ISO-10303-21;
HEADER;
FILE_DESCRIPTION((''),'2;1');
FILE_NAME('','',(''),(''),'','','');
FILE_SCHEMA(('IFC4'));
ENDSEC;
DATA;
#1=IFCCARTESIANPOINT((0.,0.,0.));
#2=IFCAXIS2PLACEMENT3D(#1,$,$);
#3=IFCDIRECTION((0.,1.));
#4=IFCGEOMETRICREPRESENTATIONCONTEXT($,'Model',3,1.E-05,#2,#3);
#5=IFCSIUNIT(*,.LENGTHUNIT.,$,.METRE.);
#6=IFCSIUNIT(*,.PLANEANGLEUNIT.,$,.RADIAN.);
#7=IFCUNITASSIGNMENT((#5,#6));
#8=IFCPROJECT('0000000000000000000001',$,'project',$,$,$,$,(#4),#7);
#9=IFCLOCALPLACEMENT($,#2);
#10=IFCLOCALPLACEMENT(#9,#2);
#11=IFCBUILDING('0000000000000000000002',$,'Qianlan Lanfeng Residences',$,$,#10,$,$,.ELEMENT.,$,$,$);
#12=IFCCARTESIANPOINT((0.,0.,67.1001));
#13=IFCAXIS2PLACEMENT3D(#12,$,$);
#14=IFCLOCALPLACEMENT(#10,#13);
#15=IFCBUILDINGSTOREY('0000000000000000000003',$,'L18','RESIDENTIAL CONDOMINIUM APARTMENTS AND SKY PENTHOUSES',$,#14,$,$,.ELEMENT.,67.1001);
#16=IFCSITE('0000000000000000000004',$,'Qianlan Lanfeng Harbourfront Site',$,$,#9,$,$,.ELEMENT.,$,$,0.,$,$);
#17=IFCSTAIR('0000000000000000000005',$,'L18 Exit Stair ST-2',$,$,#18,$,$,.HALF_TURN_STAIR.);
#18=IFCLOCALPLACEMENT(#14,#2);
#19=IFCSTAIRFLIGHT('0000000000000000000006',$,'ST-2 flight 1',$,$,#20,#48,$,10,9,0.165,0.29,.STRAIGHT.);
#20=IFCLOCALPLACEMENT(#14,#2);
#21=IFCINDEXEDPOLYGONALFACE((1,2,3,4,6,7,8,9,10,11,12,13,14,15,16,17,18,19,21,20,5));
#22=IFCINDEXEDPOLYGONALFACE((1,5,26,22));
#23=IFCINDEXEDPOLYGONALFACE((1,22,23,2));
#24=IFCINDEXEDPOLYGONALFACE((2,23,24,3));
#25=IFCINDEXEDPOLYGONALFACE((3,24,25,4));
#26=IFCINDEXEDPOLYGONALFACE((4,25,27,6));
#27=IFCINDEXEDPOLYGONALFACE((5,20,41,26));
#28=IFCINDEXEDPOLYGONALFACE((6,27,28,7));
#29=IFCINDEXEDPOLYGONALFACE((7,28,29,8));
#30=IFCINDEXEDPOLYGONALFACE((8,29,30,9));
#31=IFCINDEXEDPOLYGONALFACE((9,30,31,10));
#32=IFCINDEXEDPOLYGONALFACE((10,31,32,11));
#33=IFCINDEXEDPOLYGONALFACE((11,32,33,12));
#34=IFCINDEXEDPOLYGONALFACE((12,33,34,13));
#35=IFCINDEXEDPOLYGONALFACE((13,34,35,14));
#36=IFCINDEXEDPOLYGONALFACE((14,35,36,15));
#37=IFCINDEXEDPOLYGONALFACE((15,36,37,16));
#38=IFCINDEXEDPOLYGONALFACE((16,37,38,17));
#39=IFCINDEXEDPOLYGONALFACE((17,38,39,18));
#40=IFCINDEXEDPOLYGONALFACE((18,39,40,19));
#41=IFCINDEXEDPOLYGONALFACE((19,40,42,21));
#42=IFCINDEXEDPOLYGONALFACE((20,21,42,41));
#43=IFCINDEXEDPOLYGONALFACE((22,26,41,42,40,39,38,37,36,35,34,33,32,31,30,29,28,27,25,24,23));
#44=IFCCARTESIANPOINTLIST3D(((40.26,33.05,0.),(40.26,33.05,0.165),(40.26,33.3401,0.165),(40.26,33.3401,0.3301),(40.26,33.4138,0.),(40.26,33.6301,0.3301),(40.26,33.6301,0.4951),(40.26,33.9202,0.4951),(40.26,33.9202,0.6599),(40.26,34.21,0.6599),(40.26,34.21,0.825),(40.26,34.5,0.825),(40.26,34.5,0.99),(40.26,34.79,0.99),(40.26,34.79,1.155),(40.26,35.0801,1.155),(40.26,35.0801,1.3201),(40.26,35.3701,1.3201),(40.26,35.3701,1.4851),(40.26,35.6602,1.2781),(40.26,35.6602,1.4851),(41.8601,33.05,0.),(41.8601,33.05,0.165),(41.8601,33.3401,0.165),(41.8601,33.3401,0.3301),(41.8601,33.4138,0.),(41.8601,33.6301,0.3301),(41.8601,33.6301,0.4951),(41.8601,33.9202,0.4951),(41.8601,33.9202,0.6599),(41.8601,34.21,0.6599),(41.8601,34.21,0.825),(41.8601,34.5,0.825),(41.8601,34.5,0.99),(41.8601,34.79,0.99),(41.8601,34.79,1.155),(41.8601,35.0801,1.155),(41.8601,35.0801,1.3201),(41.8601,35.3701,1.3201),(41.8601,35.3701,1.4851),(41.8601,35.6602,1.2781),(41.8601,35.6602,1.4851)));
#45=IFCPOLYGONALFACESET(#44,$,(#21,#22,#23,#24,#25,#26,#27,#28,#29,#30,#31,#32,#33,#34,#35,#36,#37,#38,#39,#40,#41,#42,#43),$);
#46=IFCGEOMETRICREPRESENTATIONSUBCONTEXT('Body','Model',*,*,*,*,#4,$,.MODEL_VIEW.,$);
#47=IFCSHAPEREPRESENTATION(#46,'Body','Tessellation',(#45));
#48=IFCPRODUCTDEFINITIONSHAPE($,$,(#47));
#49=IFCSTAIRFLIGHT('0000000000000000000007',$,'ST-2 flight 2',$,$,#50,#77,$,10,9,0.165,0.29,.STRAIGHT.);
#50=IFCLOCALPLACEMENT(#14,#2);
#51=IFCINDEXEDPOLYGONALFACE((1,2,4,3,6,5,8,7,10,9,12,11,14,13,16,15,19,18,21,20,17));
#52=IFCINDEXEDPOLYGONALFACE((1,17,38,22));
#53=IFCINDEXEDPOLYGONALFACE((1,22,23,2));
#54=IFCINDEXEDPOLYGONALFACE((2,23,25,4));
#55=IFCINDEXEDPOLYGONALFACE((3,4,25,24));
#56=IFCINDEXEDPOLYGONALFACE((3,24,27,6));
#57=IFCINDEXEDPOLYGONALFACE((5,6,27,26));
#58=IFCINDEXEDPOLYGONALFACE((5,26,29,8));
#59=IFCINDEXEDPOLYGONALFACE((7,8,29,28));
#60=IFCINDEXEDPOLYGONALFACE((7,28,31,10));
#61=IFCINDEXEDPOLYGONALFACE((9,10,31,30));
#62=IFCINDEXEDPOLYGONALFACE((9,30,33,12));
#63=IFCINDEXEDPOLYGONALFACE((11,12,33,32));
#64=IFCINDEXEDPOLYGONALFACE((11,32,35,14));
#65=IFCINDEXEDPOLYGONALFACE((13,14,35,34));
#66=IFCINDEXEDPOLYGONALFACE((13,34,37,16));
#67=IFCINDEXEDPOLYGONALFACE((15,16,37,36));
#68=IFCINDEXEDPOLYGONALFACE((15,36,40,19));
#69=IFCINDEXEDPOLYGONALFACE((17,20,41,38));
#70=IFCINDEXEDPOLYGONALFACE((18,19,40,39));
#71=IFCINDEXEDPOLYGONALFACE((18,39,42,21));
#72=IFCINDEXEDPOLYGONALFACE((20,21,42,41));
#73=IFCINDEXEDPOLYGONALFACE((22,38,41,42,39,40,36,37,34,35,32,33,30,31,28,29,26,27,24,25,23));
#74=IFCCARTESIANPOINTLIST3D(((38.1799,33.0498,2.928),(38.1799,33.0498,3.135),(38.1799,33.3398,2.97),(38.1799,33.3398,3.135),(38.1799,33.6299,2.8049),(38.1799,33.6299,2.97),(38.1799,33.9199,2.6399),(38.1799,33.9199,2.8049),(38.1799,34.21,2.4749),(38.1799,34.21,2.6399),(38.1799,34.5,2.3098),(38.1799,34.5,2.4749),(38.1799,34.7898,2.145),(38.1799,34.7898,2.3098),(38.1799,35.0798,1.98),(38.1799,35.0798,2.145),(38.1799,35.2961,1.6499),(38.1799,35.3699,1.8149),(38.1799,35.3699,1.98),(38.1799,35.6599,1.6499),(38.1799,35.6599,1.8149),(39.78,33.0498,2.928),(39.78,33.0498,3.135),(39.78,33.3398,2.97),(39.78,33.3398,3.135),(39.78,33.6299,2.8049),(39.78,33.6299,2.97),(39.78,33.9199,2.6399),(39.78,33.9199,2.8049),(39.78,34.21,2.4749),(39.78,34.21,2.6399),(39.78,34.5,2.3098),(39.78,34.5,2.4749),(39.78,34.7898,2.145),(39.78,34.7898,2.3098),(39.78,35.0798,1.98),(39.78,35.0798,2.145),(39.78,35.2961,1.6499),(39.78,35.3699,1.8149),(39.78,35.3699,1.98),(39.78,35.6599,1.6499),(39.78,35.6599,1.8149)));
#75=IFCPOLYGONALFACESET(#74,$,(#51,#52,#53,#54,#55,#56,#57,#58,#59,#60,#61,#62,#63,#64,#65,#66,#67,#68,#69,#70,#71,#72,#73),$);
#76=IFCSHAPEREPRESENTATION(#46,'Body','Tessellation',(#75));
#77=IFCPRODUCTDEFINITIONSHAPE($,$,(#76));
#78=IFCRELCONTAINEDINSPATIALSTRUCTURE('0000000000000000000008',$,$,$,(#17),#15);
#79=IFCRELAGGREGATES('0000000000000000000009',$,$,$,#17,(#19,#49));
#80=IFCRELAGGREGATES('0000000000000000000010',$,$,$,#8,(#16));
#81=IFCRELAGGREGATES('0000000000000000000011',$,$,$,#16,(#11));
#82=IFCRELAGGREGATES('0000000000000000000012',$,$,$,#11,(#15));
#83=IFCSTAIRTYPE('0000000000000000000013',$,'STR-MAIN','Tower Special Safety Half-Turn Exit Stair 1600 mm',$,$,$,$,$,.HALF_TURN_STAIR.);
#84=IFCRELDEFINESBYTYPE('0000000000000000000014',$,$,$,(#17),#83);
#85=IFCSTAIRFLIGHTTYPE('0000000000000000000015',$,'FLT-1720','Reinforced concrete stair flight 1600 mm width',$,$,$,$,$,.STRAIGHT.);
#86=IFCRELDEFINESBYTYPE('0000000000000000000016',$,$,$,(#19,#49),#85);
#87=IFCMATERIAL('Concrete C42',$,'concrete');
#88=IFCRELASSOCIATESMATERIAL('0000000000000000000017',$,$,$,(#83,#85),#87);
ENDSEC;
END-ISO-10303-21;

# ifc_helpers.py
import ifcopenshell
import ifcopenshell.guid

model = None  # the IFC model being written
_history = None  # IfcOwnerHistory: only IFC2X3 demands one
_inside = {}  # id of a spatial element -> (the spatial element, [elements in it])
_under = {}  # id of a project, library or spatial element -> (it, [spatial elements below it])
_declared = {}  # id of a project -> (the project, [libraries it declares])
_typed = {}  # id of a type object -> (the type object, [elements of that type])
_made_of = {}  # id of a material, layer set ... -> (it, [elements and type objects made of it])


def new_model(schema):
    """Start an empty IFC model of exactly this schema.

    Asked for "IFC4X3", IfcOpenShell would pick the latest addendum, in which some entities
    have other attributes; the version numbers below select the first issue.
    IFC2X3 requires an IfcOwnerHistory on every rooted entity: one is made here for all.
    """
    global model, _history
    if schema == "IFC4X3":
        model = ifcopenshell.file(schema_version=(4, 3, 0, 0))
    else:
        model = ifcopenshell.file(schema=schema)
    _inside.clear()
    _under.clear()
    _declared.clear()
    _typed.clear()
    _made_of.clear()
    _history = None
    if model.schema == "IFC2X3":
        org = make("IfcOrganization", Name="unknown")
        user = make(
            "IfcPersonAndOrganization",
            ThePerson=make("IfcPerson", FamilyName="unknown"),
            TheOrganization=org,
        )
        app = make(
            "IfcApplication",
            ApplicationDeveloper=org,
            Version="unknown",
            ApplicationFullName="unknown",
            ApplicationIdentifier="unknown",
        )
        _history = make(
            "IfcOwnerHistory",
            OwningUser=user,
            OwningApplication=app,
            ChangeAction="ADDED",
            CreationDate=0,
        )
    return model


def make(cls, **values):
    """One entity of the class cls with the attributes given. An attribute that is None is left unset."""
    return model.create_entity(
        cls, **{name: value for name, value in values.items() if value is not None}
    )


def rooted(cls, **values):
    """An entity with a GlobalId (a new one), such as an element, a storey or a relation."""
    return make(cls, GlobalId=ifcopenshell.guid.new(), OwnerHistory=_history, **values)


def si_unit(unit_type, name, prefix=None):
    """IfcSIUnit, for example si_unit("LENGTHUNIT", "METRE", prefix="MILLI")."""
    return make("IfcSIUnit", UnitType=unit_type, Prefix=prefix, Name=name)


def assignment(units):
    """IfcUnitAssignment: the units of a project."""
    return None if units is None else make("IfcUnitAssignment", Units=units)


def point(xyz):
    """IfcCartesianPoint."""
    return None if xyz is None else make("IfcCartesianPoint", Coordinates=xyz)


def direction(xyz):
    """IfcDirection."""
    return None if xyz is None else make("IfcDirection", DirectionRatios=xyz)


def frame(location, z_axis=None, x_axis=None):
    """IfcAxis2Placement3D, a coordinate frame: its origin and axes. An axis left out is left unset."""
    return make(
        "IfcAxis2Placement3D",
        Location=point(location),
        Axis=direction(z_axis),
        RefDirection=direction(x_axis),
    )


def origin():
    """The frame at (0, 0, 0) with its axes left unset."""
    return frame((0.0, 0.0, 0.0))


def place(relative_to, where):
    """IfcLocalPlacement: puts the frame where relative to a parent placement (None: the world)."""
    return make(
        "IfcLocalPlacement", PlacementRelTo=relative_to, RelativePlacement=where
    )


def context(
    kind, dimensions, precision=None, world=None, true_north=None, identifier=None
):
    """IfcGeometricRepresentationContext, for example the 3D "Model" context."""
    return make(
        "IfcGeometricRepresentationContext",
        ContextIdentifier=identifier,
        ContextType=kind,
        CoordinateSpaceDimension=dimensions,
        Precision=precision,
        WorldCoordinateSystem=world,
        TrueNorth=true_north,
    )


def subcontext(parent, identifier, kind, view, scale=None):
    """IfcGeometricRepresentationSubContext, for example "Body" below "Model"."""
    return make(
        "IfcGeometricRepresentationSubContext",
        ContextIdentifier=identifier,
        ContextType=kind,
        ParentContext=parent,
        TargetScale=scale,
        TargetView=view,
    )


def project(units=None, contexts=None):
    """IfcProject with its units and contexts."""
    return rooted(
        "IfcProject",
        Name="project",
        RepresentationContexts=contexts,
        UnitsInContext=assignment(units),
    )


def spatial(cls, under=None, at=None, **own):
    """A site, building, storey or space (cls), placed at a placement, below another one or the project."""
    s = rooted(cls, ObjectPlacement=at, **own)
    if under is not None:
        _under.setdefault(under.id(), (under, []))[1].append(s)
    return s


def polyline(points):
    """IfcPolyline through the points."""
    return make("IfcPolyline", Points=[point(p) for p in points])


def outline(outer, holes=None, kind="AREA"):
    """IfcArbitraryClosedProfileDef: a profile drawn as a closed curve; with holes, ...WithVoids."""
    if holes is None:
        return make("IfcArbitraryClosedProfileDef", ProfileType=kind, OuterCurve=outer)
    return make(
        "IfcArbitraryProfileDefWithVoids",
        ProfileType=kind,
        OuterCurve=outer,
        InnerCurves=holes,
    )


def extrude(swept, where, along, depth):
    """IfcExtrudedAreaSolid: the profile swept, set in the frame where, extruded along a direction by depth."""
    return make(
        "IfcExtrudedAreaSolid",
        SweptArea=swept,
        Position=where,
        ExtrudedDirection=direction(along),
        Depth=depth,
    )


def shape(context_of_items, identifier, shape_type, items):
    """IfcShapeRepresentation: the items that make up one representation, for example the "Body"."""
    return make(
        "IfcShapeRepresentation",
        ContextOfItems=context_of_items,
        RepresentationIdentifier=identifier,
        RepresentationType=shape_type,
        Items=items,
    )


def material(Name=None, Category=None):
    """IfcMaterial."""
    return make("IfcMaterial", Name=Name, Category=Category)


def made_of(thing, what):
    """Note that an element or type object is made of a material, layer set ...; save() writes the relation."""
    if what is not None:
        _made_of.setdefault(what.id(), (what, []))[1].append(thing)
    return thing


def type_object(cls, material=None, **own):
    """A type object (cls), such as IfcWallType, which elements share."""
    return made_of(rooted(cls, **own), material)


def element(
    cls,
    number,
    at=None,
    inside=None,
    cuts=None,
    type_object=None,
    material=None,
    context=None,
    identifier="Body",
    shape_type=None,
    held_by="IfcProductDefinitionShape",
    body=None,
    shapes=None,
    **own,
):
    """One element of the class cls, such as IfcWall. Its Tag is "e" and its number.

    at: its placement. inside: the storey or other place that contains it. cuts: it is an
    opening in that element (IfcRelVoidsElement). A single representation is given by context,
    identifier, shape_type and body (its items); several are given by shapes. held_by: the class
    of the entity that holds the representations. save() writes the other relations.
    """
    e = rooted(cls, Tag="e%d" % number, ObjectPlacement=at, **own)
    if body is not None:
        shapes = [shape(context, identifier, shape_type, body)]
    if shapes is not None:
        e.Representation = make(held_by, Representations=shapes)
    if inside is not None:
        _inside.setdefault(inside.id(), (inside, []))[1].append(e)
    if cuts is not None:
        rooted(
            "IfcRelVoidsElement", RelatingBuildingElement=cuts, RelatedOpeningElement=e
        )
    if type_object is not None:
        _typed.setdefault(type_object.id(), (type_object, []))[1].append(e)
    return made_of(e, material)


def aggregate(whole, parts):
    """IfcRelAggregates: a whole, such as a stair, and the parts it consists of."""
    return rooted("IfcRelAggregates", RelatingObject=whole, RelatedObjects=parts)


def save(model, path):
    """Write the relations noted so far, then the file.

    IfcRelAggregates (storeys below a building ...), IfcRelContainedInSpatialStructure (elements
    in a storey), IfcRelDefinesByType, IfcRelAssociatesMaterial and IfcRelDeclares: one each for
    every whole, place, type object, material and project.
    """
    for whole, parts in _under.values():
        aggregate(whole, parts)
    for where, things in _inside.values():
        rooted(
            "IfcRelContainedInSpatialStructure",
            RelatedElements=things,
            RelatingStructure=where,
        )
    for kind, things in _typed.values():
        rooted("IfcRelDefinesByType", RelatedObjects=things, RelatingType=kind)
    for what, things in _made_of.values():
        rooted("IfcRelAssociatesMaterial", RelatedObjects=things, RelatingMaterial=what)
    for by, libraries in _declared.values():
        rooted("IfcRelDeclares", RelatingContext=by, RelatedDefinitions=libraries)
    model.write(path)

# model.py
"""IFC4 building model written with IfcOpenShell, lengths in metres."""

from ifc_helpers import new_model, si_unit, direction, frame, origin, place, context, subcontext, project, spatial, polyline, outline, extrude, material, type_object, element, aggregate, save


model = new_model("IFC4")

# Units and contexts
model_context = context("Model", 3, precision=1e-05, world=origin(), true_north=direction((0.0, 1.0)))
body_context = subcontext(model_context, "Body", "Model", "MODEL_VIEW")
ifc_project = project(units=[si_unit("LENGTHUNIT", "METRE"), si_unit("PLANEANGLEUNIT", "RADIAN")], contexts=[model_context])

# Site, building, storey
site_placement = place(None, origin())
site = spatial("IfcSite", under=ifc_project, at=site_placement, Name="Qianlan Lanfeng Harbourfront Site", CompositionType="ELEMENT", RefElevation=0.0)
building_placement = place(site_placement, origin())
building = spatial("IfcBuilding", under=site, at=building_placement, Name="Qianlan Lanfeng Residences", CompositionType="ELEMENT")
storey_placement = place(building_placement, frame((0.0, 0.0, 67.1001)))
storey = spatial("IfcBuildingStorey", under=building, at=storey_placement, Name="L18", Description="RESIDENTIAL CONDOMINIUM APARTMENTS AND SKY PENTHOUSES", CompositionType="ELEMENT", Elevation=67.1001)

# Shared definitions
ifc_material_1 = material(Name="Concrete C42", Category="concrete")

# Stair, stair flights
stair_type = type_object("IfcStairType", Name="STR-MAIN", Description="Tower Special Safety Half-Turn Exit Stair 1600 mm", PredefinedType="HALF_TURN_STAIR", material=ifc_material_1)
stair_placement = place(storey_placement, origin())
stair = element("IfcStair", 1, at=stair_placement, inside=storey, type_object=stair_type, Name="L18 Exit Stair ST-2", PredefinedType="HALF_TURN_STAIR")
stair_flight_type = type_object("IfcStairFlightType", Name="FLT-1720", Description="Reinforced concrete stair flight 1600 mm width", PredefinedType="STRAIGHT", material=ifc_material_1)
stair_flight_1_placement = place(storey_placement, frame((41.0601, 33.05, 0.0), z_axis=(0.0, 0.0, 1.0), x_axis=(0.0, 1.0, 0.0)))
stair_flight_1 = element("IfcStairFlight", 2, at=stair_flight_1_placement, type_object=stair_flight_type, Name="ST-2 flight 1", NumberOfRisers=10, NumberOfTreads=9, PredefinedType="STRAIGHT", RiserHeight=0.165, TreadLength=0.29, context=body_context, shape_type="SweptSolid", body=[
    extrude(outline(polyline([(0.0, 0.0), (0.0, 0.165), (0.29, 0.165), (0.29, 0.3301), (0.5801, 0.3301), (0.5801, 0.4951), (0.8701, 0.4951), (0.8701, 0.6599), (1.1599, 0.6599), (1.1599, 0.825), (1.45, 0.825), (1.45, 0.99), (1.74, 0.99), (1.74, 1.155), (2.03, 1.155), (2.03, 1.3201), (2.3201, 1.3201), (2.3201, 1.4851), (2.6101, 1.4851), (2.6101, 1.6499), (2.6101, 1.2781), (0.3638, 0.0), (0.0, 0.0)])), frame((0.0, 0.8, 0.0), z_axis=(0.0, -1.0, 0.0), x_axis=(1.0, 0.0, 0.0)), (0.0, 0.0, 1.0), 1.6001),
])
stair_flight_2_placement = place(storey_placement, frame((38.98, 35.6599, 1.6499), z_axis=(0.0, 0.0, 1.0), x_axis=(0.0, -1.0, 0.0)))
stair_flight_2 = element("IfcStairFlight", 3, at=stair_flight_2_placement, type_object=stair_flight_type, Name="ST-2 flight 2", NumberOfRisers=10, NumberOfTreads=9, PredefinedType="STRAIGHT", RiserHeight=0.165, TreadLength=0.29, context=body_context, shape_type="SweptSolid", body=[
    extrude(outline(polyline([(0.0, 0.0), (0.0, 0.165), (0.29, 0.165), (0.29, 0.3301), (0.5801, 0.3301), (0.5801, 0.4951), (0.8701, 0.4951), (0.8701, 0.6599), (1.1599, 0.6599), (1.1599, 0.825), (1.45, 0.825), (1.45, 0.99), (1.74, 0.99), (1.74, 1.155), (2.03, 1.155), (2.03, 1.3201), (2.3201, 1.3201), (2.3201, 1.4851), (2.6101, 1.4851), (2.6101, 1.6499), (2.6101, 1.2781), (0.3638, 0.0), (0.0, 0.0)])), frame((0.0, 0.8, 0.0), z_axis=(0.0, -1.0, 0.0), x_axis=(1.0, 0.0, 0.0)), (0.0, 0.0, 1.0), 1.6001),
])
aggregate(stair, [stair_flight_1, stair_flight_2])

save(model, "model.ifc")
